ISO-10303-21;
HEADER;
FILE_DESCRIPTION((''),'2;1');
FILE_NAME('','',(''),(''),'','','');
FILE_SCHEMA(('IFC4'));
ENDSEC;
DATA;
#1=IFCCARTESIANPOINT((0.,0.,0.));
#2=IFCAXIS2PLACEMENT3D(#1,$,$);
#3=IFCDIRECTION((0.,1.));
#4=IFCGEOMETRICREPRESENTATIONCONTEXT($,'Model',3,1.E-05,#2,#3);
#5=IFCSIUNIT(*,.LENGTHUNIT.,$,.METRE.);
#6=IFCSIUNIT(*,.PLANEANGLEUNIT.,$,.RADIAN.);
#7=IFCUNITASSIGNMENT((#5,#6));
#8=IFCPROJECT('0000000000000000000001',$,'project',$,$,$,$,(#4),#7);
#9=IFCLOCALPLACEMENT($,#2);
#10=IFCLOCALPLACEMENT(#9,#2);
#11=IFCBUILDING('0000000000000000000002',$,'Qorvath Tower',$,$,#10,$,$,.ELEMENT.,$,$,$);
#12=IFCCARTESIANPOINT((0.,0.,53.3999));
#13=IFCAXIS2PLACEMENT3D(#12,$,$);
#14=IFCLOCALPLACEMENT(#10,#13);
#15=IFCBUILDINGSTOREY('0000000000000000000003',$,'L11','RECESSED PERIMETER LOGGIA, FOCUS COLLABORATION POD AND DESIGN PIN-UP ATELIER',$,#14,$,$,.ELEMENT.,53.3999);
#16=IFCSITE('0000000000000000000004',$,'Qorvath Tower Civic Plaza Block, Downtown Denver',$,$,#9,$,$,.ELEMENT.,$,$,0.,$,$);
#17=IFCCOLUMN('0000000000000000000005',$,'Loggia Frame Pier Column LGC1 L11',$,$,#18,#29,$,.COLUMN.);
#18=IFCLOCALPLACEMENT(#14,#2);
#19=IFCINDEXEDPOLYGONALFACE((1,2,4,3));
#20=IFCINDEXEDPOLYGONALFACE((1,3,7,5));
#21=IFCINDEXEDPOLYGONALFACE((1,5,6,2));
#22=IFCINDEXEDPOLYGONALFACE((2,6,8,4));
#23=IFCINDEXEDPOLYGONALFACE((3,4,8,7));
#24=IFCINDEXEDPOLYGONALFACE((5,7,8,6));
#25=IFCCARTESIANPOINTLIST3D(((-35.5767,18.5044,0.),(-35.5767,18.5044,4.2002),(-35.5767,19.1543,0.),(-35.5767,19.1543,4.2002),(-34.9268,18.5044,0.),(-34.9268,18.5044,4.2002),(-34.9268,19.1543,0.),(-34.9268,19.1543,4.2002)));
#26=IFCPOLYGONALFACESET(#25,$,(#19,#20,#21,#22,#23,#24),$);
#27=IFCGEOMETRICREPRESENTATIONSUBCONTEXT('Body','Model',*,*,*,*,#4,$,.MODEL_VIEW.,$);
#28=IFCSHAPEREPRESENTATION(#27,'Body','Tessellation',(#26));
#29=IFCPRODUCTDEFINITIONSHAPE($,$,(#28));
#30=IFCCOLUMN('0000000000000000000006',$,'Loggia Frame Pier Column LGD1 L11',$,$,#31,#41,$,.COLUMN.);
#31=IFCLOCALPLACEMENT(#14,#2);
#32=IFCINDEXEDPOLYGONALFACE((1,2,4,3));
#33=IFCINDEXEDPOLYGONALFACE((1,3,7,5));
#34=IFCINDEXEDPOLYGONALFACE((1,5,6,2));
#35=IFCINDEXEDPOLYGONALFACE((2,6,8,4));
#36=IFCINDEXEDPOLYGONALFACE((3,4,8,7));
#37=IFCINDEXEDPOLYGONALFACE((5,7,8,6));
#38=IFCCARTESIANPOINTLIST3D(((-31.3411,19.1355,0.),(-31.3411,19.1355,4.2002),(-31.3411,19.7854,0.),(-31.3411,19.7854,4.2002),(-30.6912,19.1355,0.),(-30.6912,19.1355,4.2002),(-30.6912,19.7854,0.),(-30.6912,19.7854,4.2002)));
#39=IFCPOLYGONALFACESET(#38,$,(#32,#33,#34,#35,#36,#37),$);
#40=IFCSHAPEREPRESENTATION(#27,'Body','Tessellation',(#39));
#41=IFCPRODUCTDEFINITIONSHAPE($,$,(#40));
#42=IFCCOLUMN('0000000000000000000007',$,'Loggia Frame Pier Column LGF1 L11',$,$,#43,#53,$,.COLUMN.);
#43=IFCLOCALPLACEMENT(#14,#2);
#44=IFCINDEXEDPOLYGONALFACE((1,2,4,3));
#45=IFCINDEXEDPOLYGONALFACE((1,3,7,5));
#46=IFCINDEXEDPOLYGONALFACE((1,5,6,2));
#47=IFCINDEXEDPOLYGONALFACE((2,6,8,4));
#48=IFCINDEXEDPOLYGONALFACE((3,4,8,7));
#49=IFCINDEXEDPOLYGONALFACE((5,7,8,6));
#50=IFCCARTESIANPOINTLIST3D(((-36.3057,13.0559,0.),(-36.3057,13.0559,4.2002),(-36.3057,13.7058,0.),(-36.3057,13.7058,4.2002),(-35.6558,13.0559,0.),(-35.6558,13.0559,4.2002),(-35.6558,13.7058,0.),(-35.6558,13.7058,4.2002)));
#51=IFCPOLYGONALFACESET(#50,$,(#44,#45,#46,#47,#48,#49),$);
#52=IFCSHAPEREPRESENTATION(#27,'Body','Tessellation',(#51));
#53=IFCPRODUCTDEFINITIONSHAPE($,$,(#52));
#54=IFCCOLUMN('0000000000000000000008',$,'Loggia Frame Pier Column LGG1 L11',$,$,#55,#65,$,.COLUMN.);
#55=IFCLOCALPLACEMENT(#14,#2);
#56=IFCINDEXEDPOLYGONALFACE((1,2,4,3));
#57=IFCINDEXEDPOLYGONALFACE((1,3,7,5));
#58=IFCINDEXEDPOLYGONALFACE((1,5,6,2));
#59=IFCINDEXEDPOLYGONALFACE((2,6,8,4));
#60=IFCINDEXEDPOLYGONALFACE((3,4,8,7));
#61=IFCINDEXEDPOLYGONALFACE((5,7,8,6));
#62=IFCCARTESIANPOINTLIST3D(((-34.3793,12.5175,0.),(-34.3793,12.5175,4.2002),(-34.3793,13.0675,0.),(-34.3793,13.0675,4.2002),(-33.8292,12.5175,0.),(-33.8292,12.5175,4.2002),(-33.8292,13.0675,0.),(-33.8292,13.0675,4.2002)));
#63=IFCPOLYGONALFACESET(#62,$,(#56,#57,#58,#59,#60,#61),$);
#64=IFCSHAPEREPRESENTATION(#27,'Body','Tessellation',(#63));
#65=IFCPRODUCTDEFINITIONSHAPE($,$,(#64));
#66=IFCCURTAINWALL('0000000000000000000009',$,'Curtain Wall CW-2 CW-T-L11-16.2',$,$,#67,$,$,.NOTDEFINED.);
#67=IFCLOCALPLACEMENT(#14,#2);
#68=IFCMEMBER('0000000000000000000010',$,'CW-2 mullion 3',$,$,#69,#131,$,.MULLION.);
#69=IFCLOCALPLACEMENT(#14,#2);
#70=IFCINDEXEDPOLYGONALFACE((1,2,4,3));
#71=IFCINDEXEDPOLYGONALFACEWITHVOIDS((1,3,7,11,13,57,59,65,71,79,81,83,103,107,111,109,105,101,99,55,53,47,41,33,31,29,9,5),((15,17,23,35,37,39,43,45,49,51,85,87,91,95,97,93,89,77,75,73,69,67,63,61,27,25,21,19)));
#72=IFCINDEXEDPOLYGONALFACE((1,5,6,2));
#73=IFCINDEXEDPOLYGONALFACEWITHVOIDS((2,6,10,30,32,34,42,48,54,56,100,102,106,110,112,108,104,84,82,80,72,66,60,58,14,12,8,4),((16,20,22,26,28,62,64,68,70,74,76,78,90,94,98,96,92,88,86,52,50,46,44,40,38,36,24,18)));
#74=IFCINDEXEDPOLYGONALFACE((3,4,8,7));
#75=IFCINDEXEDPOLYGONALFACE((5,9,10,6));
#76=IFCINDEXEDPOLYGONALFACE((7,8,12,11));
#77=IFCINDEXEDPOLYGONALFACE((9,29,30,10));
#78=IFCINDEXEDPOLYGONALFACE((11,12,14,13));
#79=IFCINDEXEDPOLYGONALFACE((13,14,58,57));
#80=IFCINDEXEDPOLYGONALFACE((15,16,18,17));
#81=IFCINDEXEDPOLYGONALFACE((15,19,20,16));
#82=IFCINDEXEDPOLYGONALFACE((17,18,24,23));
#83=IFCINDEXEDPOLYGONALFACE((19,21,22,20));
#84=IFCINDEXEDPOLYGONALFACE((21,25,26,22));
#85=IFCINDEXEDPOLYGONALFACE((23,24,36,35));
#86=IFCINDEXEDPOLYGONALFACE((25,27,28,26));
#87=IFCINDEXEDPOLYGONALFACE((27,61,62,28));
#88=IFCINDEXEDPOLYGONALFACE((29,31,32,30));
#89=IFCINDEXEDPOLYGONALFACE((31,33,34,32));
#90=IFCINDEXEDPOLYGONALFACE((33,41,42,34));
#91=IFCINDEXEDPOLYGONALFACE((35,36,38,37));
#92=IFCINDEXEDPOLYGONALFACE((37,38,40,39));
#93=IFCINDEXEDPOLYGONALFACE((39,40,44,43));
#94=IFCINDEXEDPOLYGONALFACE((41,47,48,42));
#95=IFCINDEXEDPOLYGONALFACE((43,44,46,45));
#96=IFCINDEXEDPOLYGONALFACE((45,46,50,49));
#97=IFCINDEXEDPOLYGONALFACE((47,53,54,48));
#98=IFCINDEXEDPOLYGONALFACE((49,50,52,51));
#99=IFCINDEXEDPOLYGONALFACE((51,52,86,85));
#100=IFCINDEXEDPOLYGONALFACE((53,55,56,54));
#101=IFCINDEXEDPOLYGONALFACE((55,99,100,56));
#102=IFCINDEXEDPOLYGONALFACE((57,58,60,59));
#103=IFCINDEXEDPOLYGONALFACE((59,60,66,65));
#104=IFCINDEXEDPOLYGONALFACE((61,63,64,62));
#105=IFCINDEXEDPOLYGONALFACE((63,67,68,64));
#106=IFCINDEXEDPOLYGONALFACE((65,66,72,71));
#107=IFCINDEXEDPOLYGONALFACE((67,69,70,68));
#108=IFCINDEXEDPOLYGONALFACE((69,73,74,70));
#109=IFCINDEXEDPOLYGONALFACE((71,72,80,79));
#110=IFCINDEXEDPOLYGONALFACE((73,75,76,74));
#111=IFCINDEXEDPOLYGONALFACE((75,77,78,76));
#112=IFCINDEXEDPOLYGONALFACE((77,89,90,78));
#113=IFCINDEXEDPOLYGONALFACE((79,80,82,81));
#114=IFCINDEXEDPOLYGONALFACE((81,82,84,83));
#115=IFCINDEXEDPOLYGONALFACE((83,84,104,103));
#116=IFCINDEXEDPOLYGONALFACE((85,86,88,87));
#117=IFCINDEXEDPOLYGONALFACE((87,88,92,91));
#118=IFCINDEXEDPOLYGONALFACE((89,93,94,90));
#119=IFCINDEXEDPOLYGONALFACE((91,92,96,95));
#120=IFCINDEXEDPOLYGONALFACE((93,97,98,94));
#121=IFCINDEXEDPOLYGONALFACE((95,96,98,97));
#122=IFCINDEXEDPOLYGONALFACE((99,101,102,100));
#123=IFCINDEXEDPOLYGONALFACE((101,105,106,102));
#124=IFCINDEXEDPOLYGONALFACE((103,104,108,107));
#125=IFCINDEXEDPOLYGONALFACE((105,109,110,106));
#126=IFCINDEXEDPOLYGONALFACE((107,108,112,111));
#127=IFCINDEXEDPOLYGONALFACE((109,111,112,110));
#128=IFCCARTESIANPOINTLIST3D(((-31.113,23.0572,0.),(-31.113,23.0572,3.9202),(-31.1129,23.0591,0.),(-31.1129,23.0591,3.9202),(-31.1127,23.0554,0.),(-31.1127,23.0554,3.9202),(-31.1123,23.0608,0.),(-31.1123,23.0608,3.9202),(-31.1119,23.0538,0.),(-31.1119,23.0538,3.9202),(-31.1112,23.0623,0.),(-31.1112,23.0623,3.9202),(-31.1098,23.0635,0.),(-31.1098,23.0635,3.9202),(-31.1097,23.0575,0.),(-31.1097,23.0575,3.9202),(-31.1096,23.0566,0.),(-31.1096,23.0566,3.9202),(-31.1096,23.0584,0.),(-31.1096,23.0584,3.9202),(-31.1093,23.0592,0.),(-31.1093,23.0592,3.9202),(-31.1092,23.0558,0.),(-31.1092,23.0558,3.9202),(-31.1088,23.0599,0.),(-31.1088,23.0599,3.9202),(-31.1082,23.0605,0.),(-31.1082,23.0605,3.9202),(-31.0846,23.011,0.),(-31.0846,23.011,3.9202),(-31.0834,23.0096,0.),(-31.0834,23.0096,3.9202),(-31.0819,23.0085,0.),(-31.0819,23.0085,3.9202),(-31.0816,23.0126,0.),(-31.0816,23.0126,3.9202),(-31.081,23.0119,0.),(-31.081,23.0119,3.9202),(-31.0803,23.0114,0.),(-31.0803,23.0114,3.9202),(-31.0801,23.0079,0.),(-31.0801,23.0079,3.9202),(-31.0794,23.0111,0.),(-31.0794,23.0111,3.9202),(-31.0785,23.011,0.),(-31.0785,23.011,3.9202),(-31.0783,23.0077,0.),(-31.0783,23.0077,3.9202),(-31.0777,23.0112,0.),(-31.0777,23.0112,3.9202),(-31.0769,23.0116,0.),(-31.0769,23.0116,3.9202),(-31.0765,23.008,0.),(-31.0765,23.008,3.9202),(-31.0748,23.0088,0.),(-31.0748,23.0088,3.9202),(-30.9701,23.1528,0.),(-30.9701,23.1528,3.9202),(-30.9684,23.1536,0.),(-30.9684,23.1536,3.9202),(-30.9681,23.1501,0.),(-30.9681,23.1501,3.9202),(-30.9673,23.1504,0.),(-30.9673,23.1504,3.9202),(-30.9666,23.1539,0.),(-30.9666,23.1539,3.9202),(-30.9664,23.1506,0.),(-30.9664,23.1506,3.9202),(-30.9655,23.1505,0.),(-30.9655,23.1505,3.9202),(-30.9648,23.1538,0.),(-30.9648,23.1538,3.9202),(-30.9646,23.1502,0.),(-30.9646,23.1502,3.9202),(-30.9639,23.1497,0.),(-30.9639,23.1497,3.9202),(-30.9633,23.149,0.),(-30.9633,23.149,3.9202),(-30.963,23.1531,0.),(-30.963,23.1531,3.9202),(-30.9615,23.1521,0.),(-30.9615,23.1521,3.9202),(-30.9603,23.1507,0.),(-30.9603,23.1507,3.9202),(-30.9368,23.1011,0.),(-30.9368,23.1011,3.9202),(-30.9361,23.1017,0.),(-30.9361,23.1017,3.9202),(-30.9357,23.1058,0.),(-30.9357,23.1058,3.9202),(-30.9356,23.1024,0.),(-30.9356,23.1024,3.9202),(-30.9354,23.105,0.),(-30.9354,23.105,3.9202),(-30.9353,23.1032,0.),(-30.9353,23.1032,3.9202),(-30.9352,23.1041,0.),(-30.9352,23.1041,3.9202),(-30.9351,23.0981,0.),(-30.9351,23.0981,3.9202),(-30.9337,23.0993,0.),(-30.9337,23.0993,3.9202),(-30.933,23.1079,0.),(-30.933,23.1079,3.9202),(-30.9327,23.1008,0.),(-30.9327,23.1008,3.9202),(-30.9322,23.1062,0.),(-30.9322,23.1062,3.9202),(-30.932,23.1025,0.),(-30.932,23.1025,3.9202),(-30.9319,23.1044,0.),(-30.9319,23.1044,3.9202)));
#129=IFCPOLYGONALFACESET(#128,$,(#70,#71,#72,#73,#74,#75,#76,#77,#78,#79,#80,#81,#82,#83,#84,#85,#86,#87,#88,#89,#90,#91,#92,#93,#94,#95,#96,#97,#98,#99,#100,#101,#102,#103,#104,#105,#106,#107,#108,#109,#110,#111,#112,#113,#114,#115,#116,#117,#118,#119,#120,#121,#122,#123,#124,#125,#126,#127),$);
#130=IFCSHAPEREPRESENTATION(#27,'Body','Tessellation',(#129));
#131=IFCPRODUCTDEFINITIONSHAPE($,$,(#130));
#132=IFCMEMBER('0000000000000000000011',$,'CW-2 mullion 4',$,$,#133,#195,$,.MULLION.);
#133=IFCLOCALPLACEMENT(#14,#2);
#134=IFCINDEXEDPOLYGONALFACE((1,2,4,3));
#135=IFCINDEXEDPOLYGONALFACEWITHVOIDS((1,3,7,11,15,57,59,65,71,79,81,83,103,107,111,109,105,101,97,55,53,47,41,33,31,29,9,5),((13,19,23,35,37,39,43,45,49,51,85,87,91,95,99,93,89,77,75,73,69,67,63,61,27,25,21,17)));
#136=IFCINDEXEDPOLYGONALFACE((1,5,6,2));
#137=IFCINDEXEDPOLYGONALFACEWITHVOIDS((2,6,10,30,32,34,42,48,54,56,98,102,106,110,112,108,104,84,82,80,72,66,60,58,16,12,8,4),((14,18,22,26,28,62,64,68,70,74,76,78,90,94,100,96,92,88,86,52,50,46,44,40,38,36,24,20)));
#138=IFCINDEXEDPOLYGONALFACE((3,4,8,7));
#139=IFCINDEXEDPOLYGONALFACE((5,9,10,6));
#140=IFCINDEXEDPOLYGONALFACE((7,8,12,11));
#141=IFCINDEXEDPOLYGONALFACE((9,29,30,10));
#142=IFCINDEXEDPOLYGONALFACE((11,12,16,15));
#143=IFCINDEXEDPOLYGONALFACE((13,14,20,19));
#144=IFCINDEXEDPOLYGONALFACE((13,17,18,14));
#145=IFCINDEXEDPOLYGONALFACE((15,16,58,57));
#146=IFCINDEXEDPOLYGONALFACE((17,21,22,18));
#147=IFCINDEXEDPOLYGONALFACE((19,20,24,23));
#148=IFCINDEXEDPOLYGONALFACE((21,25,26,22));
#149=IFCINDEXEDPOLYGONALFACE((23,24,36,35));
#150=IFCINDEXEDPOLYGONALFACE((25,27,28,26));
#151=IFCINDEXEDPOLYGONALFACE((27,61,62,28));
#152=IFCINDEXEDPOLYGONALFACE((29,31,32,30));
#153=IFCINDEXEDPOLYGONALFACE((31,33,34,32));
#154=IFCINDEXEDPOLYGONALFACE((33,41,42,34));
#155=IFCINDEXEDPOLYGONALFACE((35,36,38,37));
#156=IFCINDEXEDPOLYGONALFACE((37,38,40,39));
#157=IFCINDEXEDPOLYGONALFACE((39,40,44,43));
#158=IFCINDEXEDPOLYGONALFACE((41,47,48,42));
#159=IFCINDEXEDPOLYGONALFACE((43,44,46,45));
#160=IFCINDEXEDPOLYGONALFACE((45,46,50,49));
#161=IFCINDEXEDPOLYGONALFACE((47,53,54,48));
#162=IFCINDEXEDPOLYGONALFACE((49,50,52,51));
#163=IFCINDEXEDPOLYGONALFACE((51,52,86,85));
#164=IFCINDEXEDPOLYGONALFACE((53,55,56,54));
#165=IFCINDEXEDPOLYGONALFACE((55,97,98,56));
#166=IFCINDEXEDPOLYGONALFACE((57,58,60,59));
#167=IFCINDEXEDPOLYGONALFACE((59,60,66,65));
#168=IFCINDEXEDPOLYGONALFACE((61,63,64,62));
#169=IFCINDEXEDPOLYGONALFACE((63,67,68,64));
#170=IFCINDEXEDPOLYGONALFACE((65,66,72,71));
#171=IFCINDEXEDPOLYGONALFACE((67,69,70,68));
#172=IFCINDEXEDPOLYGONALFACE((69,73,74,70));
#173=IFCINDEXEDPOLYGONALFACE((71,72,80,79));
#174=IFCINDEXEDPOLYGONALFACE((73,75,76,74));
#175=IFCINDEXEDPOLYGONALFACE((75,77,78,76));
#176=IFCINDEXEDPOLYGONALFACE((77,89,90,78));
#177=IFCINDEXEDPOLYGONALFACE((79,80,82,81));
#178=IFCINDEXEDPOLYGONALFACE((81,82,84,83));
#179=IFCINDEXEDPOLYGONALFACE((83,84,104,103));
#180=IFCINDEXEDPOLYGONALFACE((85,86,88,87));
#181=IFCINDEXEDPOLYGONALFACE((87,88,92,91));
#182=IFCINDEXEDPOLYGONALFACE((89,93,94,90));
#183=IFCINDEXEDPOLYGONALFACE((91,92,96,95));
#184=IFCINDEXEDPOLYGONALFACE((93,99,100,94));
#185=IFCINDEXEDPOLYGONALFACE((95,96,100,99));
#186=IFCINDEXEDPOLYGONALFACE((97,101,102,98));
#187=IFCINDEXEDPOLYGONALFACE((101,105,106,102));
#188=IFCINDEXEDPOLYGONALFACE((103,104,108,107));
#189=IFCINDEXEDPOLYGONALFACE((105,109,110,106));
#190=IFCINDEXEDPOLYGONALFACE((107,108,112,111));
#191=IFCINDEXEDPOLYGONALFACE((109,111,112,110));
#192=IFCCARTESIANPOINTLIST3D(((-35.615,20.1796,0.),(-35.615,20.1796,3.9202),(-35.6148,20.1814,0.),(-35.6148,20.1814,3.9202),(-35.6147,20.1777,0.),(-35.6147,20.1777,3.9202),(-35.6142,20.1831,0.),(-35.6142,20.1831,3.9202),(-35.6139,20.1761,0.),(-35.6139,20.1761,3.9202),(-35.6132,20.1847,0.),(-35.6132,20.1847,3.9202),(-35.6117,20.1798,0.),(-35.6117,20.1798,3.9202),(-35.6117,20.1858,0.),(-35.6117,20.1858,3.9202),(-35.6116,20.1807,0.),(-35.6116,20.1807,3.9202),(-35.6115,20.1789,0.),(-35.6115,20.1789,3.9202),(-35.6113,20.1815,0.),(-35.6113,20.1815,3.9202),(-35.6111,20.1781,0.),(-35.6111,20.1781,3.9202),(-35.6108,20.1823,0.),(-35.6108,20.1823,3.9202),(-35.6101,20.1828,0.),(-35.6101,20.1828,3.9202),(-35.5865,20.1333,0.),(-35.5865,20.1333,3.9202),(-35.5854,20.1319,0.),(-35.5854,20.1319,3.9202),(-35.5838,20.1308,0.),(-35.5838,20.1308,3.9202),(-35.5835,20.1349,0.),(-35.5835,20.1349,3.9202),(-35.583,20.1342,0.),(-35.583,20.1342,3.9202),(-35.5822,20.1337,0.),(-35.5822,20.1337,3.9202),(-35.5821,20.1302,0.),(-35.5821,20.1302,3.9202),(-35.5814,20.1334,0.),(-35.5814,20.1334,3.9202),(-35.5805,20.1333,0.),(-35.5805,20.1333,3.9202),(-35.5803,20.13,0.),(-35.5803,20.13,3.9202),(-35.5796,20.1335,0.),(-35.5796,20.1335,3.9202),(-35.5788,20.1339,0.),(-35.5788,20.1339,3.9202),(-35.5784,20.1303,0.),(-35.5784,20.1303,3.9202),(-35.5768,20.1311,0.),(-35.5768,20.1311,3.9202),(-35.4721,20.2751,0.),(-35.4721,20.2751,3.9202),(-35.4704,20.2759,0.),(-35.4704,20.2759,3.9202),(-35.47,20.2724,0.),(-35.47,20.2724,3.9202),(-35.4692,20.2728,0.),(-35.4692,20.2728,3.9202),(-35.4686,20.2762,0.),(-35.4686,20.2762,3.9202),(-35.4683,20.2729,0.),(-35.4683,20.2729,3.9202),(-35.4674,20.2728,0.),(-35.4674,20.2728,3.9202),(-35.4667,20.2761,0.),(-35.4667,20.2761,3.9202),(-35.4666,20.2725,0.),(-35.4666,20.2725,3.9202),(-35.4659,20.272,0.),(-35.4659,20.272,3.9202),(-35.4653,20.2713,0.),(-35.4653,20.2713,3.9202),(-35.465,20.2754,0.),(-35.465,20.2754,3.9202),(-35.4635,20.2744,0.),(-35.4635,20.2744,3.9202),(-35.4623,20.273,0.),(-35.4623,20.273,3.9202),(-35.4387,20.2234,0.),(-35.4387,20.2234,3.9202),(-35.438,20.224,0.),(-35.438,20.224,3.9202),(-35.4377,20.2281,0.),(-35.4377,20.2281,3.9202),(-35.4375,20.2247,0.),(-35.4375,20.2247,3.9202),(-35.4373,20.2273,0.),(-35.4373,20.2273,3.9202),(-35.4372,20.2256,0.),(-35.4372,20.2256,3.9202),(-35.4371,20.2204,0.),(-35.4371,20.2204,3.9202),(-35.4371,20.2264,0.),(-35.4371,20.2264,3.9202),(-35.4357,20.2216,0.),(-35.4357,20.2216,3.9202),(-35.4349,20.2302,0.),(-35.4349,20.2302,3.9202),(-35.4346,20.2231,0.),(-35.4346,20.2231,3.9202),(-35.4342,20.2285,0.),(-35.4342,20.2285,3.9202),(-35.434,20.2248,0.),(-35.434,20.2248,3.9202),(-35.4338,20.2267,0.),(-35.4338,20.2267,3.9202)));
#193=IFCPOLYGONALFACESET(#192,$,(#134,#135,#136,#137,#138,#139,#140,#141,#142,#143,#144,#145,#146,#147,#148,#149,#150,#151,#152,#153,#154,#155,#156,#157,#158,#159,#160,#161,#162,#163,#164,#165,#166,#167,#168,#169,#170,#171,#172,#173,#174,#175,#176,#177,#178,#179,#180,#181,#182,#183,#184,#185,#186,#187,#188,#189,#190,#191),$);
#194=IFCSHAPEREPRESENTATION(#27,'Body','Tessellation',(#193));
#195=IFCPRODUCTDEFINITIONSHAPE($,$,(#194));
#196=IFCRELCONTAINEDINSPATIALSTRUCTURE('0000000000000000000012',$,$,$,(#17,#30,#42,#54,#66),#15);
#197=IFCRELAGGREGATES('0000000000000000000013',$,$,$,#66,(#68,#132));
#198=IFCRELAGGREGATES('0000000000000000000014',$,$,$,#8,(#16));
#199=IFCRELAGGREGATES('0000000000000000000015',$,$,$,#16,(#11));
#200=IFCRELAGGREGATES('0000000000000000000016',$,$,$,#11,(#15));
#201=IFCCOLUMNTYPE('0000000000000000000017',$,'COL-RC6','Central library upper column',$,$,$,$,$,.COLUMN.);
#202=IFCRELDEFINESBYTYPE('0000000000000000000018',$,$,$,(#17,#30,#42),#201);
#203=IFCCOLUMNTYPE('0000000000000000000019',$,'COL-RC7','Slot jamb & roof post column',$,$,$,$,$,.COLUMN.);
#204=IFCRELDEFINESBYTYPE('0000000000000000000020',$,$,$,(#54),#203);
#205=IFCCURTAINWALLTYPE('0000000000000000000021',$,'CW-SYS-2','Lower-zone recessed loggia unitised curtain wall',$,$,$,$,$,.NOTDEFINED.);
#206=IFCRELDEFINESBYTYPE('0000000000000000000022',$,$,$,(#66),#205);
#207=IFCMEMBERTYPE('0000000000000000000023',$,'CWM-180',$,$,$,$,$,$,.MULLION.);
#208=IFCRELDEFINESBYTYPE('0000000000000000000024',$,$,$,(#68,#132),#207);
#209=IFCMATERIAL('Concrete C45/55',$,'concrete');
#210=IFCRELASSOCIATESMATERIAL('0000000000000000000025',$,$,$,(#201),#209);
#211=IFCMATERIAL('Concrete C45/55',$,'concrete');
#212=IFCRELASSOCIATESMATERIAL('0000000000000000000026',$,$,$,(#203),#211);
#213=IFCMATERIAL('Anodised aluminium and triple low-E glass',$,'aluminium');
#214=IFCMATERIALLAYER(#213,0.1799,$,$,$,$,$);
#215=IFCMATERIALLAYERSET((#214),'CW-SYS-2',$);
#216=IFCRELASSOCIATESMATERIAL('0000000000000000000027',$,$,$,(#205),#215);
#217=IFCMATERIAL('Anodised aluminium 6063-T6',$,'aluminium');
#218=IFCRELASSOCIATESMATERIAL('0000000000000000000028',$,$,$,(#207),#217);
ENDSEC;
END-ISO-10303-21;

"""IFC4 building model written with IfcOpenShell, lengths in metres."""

from ifc_helpers import new_model, si_unit, direction, frame, origin, origin_2d, place, context, subcontext, project, spatial, rectangle, hollow_rectangle, extrude, material, layer, layer_set, material_profile, profile_set, type_object, element, aggregate, save


model = new_model("IFC4")

# Units and contexts
model_context = context("Model", 3, precision=1e-05, world=origin(), true_north=direction((0.0, 1.0)))
body_context = subcontext(model_context, "Body", "Model", "MODEL_VIEW")
ifc_project = project(units=[si_unit("LENGTHUNIT", "METRE"), si_unit("PLANEANGLEUNIT", "RADIAN")], contexts=[model_context])

# Site, building, storey
site_placement = place(None, origin())
site = spatial("IfcSite", under=ifc_project, at=site_placement, Name="Qorvath Tower Civic Plaza Block, Downtown Denver", CompositionType="ELEMENT", RefElevation=0.0)
building_placement = place(site_placement, origin())
building = spatial("IfcBuilding", under=site, at=building_placement, Name="Qorvath Tower", CompositionType="ELEMENT")
storey_placement = place(building_placement, frame((0.0, 0.0, 53.3999)))
storey = spatial("IfcBuildingStorey", under=building, at=storey_placement, Name="L11", Description="RECESSED PERIMETER LOGGIA, FOCUS COLLABORATION POD AND DESIGN PIN-UP ATELIER", CompositionType="ELEMENT", Elevation=53.3999)

# Columns
ifc_material_1 = material(Name="Concrete C45/55", Category="concrete")
ifc_material_profile_1 = material_profile(ifc_material_1, rectangle(XDim=0.6499, YDim=0.6499, at=origin_2d()), Name="RC 650x650")
ifc_profile_set_1 = profile_set([ifc_material_profile_1], Name="Concrete C45/55")
column_type_1 = type_object("IfcColumnType", Name="COL-RC6", Description="Central library upper column", PredefinedType="COLUMN", material=ifc_profile_set_1)
for number, where, z_axis, x_axis, name in (
    (1, (-35.2517, 18.8293, 0.0), (0.0, 0.0, 1.0), (1.0, 0.0, 0.0), "Loggia Frame Pier Column LGC1 L11"),
    (2, (-31.0161, 19.4604, 0.0), (0.0, 0.0, 1.0), (1.0, 0.0, 0.0), "Loggia Frame Pier Column LGD1 L11"),
    (3, (-35.9807, 13.3809, 0.0), (0.0, 0.0, 1.0), (1.0, 0.0, 0.0), "Loggia Frame Pier Column LGF1 L11"),
):
    element("IfcColumn", number, at=place(storey_placement, frame(where, z_axis=z_axis, x_axis=x_axis)), inside=storey, type_object=column_type_1, Name=name, PredefinedType="COLUMN", context=body_context, shape_type="SweptSolid", body=[
        extrude(rectangle(XDim=0.6499, YDim=0.6499, at=origin_2d()), origin(), (0.0, 0.0, 1.0), 4.2002),
    ])
ifc_material_2 = material(Name="Concrete C45/55", Category="concrete")
ifc_material_profile_2 = material_profile(ifc_material_2, rectangle(XDim=0.55, YDim=0.55, at=origin_2d()), Name="RC 550x550")
ifc_profile_set_2 = profile_set([ifc_material_profile_2], Name="Concrete C45/55")
column_type_2 = type_object("IfcColumnType", Name="COL-RC7", Description="Slot jamb & roof post column", PredefinedType="COLUMN", material=ifc_profile_set_2)
column_placement = place(storey_placement, frame((-34.1042, 12.7925, 0.0), z_axis=(0.0, 0.0, 1.0), x_axis=(1.0, 0.0, 0.0)))
element("IfcColumn", 4, at=column_placement, inside=storey, type_object=column_type_2, Name="Loggia Frame Pier Column LGG1 L11", PredefinedType="COLUMN", context=body_context, shape_type="SweptSolid", body=[
    extrude(rectangle(XDim=0.55, YDim=0.55, at=origin_2d()), origin(), (0.0, 0.0, 1.0), 4.2002),
])

# Curtain wall, members
ifc_material_3 = material(Name="Anodised aluminium and triple low-E glass", Category="aluminium")
ifc_layer_1 = layer(ifc_material_3, 0.1799)
ifc_layer_set_1 = layer_set([ifc_layer_1], Name="CW-SYS-2")
curtain_wall_type = type_object("IfcCurtainWallType", Name="CW-SYS-2", Description="Lower-zone recessed loggia unitised curtain wall", PredefinedType="NOTDEFINED", material=ifc_layer_set_1)
curtain_wall_placement = place(storey_placement, origin())
curtain_wall = element("IfcCurtainWall", 5, at=curtain_wall_placement, inside=storey, type_object=curtain_wall_type, Name="Curtain Wall CW-2 CW-T-L11-16.2", PredefinedType="NOTDEFINED")
ifc_material_4 = material(Name="Anodised aluminium 6063-T6", Category="aluminium")
ifc_material_profile_3 = material_profile(ifc_material_4, hollow_rectangle(XDim=0.0649, YDim=0.1799, WallThickness=0.0034, InnerFilletRadius=0.0034, OuterFilletRadius=0.0071, at=origin_2d()), Name="CWM 180x65")
ifc_profile_set_3 = profile_set([ifc_material_profile_3], Name="Anodised aluminium 6063-T6")
member_type_1 = type_object("IfcMemberType", Name="CWM-180", PredefinedType="MULLION", material=ifc_profile_set_3)
member_1_placement = place(storey_placement, frame((-31.0225, 23.0808, 0.0), z_axis=(0.0, 0.0, 1.0), x_axis=(0.538541, -0.842599, 0.0)))
member_1 = element("IfcMember", 6, at=member_1_placement, type_object=member_type_1, Name="CW-2 mullion 3", PredefinedType="MULLION", context=body_context, shape_type="SweptSolid", body=[
    extrude(hollow_rectangle(XDim=0.0649, YDim=0.1799, WallThickness=0.0034, InnerFilletRadius=0.0034, OuterFilletRadius=0.0071, at=origin_2d()), origin(), (0.0, 0.0, 1.0), 3.9202),
])
member_2_placement = place(storey_placement, frame((-35.5244, 20.2031, 0.0), z_axis=(0.0, 0.0, 1.0), x_axis=(0.538541, -0.842599, 0.0)))
member_2 = element("IfcMember", 7, at=member_2_placement, type_object=member_type_1, Name="CW-2 mullion 4", PredefinedType="MULLION", context=body_context, shape_type="SweptSolid", body=[
    extrude(hollow_rectangle(XDim=0.0649, YDim=0.1799, WallThickness=0.0034, InnerFilletRadius=0.0034, OuterFilletRadius=0.0071, at=origin_2d()), origin(), (0.0, 0.0, 1.0), 3.9202),
])
aggregate(curtain_wall, [member_1, member_2])

save(model, "model.ifc")
